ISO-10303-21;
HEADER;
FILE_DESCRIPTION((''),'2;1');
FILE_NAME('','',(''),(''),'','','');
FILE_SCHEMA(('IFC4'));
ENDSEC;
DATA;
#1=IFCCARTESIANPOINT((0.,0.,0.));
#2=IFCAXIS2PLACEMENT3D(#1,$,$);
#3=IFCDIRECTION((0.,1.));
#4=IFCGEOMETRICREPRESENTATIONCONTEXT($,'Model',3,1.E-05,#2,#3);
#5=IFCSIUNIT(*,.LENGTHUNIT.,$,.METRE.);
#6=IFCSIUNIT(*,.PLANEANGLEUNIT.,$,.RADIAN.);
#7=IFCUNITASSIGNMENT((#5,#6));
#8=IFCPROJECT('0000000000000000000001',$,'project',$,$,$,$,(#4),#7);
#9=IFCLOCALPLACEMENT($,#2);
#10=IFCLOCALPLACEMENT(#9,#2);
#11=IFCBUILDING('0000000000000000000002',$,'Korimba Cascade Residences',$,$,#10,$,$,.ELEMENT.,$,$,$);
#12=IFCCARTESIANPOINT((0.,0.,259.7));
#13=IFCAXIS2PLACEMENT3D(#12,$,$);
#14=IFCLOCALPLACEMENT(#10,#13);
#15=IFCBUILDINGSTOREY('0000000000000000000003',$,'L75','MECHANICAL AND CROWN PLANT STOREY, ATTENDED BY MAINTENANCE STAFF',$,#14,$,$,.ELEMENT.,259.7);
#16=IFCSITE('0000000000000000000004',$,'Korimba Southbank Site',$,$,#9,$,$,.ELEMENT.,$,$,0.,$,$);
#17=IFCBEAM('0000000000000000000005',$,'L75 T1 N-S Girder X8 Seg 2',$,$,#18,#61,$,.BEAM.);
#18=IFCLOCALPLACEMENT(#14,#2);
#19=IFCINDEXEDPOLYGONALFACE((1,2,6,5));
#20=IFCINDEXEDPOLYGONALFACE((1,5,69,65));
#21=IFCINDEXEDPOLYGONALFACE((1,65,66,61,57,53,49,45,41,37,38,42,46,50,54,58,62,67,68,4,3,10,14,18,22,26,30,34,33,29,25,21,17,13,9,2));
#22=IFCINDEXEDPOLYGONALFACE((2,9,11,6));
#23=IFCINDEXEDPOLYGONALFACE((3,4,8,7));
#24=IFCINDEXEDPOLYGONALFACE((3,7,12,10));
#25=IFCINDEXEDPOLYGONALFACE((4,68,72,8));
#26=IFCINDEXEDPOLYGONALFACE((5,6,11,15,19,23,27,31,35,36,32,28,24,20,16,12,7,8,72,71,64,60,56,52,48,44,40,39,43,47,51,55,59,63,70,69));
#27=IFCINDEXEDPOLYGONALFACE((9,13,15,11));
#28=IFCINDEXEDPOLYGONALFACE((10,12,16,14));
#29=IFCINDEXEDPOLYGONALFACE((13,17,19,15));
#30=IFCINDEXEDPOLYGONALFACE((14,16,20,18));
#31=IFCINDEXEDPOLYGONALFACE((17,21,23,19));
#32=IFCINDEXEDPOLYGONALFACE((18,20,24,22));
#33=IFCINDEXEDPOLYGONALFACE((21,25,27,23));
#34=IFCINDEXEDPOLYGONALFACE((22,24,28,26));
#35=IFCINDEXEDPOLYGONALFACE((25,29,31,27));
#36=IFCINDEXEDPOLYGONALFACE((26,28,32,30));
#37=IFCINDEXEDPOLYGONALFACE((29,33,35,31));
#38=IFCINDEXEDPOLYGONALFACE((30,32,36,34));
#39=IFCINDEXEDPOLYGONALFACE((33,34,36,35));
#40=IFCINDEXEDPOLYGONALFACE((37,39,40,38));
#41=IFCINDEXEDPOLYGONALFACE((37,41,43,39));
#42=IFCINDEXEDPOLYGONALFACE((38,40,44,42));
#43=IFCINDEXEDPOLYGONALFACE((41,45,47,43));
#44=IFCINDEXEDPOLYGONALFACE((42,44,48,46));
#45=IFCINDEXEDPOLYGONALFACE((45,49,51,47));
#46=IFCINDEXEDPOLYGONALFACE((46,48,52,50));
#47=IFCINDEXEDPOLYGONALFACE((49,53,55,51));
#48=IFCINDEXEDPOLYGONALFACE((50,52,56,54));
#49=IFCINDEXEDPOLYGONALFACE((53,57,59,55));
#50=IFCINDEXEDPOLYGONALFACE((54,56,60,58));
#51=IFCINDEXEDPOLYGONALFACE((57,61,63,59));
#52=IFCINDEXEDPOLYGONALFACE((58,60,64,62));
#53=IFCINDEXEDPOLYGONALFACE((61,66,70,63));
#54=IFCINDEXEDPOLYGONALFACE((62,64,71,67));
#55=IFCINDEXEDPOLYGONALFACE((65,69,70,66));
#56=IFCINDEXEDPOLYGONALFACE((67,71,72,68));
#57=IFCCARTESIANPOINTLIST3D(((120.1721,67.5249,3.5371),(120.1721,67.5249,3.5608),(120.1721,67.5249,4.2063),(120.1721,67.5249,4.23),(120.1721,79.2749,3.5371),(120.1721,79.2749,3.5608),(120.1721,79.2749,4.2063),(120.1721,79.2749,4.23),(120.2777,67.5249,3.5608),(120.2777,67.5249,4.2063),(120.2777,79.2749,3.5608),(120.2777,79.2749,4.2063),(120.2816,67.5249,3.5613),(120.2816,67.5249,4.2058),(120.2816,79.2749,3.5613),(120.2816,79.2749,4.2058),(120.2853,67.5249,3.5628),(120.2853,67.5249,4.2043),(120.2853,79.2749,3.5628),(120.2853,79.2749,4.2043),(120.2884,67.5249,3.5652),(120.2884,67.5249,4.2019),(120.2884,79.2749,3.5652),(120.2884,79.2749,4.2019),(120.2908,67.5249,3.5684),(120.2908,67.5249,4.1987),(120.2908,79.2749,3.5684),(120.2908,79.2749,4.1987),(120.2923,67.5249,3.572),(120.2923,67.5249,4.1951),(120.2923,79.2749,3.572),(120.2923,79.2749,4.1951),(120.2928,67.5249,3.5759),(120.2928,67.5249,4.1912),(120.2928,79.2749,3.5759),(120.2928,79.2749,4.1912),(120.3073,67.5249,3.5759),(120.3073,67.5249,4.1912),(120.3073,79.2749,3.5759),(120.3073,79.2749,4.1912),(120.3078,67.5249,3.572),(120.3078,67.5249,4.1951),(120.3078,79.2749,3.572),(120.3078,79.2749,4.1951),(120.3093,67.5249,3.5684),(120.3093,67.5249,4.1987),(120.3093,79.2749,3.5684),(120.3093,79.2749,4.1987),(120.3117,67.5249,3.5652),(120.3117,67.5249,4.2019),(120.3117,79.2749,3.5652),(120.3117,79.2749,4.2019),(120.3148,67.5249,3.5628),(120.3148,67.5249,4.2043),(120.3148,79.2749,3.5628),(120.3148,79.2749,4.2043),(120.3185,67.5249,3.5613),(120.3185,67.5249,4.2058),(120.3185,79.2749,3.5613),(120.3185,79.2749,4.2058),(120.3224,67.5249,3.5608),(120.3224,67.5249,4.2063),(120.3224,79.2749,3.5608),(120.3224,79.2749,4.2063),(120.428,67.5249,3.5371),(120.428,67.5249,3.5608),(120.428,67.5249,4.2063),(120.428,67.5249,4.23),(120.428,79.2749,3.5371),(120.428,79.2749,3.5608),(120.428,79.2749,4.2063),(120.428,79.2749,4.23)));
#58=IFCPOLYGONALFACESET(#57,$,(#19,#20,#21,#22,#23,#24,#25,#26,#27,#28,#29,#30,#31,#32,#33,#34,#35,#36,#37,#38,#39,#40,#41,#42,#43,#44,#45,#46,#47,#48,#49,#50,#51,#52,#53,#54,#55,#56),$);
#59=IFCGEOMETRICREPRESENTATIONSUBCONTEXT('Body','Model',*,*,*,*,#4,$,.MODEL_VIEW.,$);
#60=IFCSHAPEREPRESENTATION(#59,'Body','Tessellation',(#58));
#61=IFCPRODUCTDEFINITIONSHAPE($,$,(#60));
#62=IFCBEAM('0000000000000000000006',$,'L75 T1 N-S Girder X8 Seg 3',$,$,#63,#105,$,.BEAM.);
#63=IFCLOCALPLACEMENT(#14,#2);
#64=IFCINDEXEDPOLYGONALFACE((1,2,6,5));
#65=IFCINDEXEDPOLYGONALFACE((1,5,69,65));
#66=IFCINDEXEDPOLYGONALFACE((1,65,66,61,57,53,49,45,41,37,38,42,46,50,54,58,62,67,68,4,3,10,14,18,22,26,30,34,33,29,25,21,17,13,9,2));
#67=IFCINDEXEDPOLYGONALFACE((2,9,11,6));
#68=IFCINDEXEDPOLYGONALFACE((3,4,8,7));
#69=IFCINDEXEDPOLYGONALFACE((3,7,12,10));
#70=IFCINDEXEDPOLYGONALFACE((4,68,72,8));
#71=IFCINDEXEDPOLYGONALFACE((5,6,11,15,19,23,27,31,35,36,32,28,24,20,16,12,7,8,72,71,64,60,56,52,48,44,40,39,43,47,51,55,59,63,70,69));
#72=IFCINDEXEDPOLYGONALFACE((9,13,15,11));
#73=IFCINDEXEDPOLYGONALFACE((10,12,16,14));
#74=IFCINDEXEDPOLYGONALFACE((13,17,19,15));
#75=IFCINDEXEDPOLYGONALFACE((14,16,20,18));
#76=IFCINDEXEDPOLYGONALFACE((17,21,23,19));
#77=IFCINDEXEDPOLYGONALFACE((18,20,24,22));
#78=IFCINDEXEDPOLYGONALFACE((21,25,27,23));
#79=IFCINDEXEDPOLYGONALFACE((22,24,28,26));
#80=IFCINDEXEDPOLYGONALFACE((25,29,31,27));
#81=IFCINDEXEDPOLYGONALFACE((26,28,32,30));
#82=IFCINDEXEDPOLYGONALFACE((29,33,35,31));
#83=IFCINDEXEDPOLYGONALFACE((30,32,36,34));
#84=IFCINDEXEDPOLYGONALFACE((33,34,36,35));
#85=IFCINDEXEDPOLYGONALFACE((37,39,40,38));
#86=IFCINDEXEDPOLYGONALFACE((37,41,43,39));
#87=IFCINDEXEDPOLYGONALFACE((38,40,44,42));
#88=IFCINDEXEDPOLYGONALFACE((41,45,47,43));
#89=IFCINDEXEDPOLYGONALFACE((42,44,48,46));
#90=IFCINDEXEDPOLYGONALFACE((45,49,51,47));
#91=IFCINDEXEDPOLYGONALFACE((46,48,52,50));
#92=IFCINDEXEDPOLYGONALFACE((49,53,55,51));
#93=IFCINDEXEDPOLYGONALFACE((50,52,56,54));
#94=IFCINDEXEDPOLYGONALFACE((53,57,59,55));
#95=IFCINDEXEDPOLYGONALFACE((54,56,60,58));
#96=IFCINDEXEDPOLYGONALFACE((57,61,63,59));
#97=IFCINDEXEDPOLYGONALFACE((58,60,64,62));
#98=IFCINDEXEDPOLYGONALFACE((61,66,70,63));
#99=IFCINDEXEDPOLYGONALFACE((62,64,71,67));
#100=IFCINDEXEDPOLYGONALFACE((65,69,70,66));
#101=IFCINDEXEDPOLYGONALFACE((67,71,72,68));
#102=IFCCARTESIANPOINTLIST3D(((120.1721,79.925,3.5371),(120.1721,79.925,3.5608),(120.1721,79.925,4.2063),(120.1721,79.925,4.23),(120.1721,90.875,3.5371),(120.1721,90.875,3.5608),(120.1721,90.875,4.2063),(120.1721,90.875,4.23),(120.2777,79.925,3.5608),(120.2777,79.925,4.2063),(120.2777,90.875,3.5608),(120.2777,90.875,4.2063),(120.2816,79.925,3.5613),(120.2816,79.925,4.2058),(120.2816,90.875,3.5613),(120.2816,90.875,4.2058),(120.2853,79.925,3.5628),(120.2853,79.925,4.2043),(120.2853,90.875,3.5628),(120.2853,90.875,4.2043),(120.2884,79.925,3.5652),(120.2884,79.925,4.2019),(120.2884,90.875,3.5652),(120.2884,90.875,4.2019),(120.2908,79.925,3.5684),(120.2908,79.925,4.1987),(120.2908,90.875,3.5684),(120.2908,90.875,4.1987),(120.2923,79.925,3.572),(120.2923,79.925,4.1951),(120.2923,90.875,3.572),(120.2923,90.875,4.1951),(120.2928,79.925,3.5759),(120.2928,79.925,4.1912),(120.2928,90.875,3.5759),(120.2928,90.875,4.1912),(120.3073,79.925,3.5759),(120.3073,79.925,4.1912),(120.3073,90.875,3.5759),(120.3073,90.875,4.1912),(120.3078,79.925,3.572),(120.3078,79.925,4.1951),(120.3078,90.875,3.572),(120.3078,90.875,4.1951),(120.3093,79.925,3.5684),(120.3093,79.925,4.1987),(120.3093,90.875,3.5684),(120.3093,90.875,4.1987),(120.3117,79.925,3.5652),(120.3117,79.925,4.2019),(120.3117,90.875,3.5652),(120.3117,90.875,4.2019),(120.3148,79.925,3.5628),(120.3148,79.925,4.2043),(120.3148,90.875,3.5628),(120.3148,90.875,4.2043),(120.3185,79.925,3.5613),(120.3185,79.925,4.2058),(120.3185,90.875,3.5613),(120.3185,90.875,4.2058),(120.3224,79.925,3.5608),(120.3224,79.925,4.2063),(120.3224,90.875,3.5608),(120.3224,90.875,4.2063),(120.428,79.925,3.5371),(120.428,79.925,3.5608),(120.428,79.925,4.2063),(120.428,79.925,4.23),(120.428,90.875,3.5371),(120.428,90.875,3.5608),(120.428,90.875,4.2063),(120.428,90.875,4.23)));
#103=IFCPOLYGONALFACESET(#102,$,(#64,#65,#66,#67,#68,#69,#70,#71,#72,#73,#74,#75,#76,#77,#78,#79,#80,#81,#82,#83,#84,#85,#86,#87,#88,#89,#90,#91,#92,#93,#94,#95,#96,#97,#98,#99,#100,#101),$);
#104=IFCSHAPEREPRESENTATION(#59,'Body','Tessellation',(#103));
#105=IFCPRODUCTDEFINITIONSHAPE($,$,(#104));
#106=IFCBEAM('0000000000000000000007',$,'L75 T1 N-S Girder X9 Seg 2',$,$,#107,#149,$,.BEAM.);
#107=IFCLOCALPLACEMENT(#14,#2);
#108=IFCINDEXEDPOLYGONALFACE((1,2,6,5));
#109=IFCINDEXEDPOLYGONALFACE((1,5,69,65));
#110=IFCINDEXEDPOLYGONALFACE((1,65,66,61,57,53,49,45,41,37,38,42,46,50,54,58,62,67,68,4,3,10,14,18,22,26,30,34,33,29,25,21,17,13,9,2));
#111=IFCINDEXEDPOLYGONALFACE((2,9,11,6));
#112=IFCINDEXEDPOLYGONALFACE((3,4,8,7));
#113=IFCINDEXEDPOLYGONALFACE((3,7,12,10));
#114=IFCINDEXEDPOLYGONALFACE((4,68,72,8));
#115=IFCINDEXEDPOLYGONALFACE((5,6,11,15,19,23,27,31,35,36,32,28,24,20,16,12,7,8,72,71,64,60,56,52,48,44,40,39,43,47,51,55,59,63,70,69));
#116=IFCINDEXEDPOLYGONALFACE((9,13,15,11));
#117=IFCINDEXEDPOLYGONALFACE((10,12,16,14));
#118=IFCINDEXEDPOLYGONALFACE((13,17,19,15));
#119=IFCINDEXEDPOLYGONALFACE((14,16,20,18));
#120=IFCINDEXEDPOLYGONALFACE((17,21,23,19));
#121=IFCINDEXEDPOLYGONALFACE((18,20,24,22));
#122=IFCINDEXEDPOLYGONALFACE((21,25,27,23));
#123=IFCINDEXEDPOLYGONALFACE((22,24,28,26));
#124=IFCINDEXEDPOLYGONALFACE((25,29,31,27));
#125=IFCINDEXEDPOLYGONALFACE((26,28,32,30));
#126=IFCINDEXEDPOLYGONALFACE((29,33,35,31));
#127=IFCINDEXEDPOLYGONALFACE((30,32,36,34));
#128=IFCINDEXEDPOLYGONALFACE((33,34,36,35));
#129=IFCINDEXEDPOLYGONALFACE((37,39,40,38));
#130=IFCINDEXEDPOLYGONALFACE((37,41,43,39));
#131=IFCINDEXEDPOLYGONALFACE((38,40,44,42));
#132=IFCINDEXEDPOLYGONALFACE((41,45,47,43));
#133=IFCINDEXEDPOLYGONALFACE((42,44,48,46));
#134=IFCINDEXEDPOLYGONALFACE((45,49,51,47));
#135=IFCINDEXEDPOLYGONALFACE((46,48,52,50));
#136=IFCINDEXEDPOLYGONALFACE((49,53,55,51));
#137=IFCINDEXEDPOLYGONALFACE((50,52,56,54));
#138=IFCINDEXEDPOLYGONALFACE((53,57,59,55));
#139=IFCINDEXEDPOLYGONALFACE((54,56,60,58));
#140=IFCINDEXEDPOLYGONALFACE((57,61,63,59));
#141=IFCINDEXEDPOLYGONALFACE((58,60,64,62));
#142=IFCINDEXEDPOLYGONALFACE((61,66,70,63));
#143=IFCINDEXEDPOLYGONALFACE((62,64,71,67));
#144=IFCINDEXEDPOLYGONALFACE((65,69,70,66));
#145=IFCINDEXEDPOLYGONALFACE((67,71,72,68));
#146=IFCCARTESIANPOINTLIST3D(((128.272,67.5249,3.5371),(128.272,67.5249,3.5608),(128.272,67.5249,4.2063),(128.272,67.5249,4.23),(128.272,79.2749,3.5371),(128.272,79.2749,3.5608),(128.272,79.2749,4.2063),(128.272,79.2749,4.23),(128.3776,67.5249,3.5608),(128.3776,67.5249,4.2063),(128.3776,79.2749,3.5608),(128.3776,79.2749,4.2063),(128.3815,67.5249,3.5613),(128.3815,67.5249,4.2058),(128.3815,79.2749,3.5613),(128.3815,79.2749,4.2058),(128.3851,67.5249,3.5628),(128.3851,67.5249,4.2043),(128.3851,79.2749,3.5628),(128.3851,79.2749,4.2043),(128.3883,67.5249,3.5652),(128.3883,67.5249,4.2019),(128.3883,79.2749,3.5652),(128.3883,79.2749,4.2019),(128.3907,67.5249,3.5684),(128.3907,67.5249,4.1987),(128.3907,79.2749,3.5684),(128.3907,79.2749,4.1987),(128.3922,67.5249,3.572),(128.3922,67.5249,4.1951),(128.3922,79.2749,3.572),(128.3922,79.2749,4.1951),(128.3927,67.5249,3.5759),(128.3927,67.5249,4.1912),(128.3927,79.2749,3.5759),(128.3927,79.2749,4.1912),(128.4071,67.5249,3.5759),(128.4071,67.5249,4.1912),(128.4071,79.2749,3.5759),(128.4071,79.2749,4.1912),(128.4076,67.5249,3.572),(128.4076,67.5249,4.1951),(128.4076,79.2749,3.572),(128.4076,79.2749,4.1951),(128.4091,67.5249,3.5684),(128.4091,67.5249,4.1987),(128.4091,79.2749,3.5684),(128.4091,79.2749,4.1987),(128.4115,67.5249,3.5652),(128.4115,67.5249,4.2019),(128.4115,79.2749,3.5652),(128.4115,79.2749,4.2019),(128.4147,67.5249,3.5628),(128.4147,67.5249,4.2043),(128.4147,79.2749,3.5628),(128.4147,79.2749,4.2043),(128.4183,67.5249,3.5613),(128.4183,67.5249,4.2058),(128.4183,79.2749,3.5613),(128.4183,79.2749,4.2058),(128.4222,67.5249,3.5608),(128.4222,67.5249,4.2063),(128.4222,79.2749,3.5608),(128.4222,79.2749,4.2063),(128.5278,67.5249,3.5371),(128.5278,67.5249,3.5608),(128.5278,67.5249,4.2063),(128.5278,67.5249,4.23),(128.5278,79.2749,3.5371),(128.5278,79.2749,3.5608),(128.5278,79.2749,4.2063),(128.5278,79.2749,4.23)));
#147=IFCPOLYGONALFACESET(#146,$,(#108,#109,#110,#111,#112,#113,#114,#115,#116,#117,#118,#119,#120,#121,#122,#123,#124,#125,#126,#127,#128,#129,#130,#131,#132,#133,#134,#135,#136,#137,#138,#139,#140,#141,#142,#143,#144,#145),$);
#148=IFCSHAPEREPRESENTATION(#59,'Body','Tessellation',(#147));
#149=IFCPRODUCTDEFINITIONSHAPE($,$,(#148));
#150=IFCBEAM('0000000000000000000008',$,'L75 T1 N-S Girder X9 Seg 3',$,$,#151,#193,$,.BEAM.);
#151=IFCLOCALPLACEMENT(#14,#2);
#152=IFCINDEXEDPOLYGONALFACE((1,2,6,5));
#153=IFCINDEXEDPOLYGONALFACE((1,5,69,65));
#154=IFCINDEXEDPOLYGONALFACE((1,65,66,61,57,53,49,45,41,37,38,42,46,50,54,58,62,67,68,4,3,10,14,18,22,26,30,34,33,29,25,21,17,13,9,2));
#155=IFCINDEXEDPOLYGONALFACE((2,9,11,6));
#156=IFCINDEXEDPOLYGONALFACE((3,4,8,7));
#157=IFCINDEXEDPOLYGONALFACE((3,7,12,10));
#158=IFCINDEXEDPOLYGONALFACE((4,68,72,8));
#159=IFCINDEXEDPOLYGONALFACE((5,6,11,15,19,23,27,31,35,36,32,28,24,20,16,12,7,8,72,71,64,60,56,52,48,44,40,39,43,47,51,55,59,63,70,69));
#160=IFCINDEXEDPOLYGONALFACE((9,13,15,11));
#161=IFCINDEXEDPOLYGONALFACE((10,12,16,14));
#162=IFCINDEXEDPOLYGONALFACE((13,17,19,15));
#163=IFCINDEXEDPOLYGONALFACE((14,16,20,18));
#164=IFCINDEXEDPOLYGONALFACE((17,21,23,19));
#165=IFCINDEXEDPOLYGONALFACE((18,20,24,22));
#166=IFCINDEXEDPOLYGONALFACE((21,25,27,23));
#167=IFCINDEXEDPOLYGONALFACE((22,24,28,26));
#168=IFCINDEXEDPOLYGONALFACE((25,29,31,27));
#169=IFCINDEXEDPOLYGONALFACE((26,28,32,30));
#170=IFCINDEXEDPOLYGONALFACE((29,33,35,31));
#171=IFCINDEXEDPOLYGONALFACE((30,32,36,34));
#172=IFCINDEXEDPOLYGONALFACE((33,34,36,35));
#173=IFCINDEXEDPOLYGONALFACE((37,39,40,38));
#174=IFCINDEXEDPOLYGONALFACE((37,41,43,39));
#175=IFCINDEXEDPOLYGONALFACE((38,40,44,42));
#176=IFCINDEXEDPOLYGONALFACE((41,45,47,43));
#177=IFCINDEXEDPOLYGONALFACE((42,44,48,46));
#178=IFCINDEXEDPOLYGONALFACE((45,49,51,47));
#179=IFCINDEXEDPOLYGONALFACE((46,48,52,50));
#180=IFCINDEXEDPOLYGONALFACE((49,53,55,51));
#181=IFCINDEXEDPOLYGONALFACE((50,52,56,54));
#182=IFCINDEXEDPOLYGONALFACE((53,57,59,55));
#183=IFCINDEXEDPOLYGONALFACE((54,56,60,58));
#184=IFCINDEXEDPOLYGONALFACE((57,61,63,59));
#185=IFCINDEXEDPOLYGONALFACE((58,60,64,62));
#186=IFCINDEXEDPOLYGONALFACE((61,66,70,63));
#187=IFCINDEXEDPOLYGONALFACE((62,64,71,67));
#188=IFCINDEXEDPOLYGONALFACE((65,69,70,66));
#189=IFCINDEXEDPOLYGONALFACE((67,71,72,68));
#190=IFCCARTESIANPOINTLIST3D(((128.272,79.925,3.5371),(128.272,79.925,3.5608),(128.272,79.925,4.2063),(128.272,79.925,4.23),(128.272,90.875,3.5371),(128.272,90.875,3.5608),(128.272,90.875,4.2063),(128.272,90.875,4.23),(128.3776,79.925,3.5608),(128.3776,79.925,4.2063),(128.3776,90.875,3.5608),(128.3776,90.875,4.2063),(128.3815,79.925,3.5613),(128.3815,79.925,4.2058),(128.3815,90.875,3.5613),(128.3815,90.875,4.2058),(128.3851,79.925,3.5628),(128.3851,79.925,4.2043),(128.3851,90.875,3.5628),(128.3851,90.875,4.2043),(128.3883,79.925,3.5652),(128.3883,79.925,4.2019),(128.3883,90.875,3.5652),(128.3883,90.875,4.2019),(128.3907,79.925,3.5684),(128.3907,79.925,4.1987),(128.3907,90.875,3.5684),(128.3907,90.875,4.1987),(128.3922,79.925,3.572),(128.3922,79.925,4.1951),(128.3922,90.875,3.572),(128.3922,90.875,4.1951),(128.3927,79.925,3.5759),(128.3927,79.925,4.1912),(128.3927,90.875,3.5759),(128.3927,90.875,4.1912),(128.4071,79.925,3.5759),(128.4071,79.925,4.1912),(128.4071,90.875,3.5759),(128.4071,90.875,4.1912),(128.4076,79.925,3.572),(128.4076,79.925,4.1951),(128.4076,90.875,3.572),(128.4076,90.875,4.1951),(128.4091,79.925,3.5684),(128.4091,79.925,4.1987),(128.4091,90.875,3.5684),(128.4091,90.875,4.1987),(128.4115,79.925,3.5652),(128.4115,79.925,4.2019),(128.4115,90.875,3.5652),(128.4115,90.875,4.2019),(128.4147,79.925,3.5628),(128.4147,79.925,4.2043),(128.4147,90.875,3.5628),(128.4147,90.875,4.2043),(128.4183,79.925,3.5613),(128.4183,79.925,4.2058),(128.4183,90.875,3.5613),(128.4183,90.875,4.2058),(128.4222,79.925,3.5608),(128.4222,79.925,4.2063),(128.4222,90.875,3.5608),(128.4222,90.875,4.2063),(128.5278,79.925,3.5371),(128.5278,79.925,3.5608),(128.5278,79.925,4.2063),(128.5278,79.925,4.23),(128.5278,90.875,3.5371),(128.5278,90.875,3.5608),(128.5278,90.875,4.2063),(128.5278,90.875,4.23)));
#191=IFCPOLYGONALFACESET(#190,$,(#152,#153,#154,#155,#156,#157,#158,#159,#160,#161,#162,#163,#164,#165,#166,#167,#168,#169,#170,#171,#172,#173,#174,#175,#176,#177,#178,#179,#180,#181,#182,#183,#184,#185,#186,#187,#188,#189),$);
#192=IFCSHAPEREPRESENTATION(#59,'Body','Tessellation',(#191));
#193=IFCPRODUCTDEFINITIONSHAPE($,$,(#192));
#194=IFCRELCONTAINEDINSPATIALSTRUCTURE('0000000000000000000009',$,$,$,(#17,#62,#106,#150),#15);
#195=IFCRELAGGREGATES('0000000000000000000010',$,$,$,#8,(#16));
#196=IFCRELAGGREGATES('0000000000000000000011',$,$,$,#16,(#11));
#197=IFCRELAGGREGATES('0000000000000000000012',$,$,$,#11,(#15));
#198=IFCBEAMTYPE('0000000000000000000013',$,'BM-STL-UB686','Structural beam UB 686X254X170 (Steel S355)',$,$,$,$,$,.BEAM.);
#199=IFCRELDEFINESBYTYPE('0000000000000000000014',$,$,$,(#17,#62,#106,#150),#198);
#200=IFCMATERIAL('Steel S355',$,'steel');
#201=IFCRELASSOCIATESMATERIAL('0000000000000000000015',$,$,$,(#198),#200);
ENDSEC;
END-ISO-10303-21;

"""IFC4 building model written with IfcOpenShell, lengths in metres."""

from ifc_helpers import new_model, si_unit, direction, frame, origin, origin_2d, place, context, subcontext, project, spatial, i_section, extrude, material, material_profile, profile_set, type_object, element, save


model = new_model("IFC4")

# Units and contexts
model_context = context("Model", 3, precision=1e-05, world=origin(), true_north=direction((0.0, 1.0)))
body_context = subcontext(model_context, "Body", "Model", "MODEL_VIEW")
ifc_project = project(units=[si_unit("LENGTHUNIT", "METRE"), si_unit("PLANEANGLEUNIT", "RADIAN")], contexts=[model_context])

# Site, building, storey
site_placement = place(None, origin())
site = spatial("IfcSite", under=ifc_project, at=site_placement, Name="Korimba Southbank Site", CompositionType="ELEMENT", RefElevation=0.0)
building_placement = place(site_placement, origin())
building = spatial("IfcBuilding", under=site, at=building_placement, Name="Korimba Cascade Residences", CompositionType="ELEMENT")
storey_placement = place(building_placement, frame((0.0, 0.0, 259.7)))
storey = spatial("IfcBuildingStorey", under=building, at=storey_placement, Name="L75", Description="MECHANICAL AND CROWN PLANT STOREY, ATTENDED BY MAINTENANCE STAFF", CompositionType="ELEMENT", Elevation=259.7)

# Beams
ifc_material_1 = material(Name="Steel S355", Category="steel")
ifc_material_profile_1 = material_profile(ifc_material_1, i_section(OverallWidth=0.2559, OverallDepth=0.6929, WebThickness=0.0144, FlangeThickness=0.0237, FilletRadius=0.0151, at=origin_2d()), Name="Steel S355")
ifc_profile_set_1 = profile_set([ifc_material_profile_1], Name="Steel S355")
beam_type_1 = type_object("IfcBeamType", Name="BM-STL-UB686", Description="Structural beam UB 686X254X170 (Steel S355)", PredefinedType="BEAM", material=ifc_profile_set_1)
beam_1_placement = place(storey_placement, frame((120.3, 67.5249, 3.8835), z_axis=(0.0, 1.0, 0.0), x_axis=(-1.0, 0.0, 0.0)))
element("IfcBeam", 1, at=beam_1_placement, inside=storey, type_object=beam_type_1, Name="L75 T1 N-S Girder X8 Seg 2", PredefinedType="BEAM", context=body_context, shape_type="SweptSolid", body=[
    extrude(i_section(OverallWidth=0.2559, OverallDepth=0.6929, WebThickness=0.0144, FlangeThickness=0.0237, FilletRadius=0.0151, at=origin_2d()), origin(), (0.0, 0.0, 1.0), 11.75),
])
beam_2_placement = place(storey_placement, frame((120.3, 79.925, 3.8835), z_axis=(0.0, 1.0, 0.0), x_axis=(-1.0, 0.0, 0.0)))
element("IfcBeam", 2, at=beam_2_placement, inside=storey, type_object=beam_type_1, Name="L75 T1 N-S Girder X8 Seg 3", PredefinedType="BEAM", context=body_context, shape_type="SweptSolid", body=[
    extrude(i_section(OverallWidth=0.2559, OverallDepth=0.6929, WebThickness=0.0144, FlangeThickness=0.0237, FilletRadius=0.0151, at=origin_2d()), origin(), (0.0, 0.0, 1.0), 10.95),
])
beam_3_placement = place(storey_placement, frame((128.3999, 67.5249, 3.8835), z_axis=(0.0, 1.0, 0.0), x_axis=(-1.0, 0.0, 0.0)))
element("IfcBeam", 3, at=beam_3_placement, inside=storey, type_object=beam_type_1, Name="L75 T1 N-S Girder X9 Seg 2", PredefinedType="BEAM", context=body_context, shape_type="SweptSolid", body=[
    extrude(i_section(OverallWidth=0.2559, OverallDepth=0.6929, WebThickness=0.0144, FlangeThickness=0.0237, FilletRadius=0.0151, at=origin_2d()), origin(), (0.0, 0.0, 1.0), 11.75),
])
beam_4_placement = place(storey_placement, frame((128.3999, 79.925, 3.8835), z_axis=(0.0, 1.0, 0.0), x_axis=(-1.0, 0.0, 0.0)))
element("IfcBeam", 4, at=beam_4_placement, inside=storey, type_object=beam_type_1, Name="L75 T1 N-S Girder X9 Seg 3", PredefinedType="BEAM", context=body_context, shape_type="SweptSolid", body=[
    extrude(i_section(OverallWidth=0.2559, OverallDepth=0.6929, WebThickness=0.0144, FlangeThickness=0.0237, FilletRadius=0.0151, at=origin_2d()), origin(), (0.0, 0.0, 1.0), 10.95),
])

save(model, "model.ifc")
